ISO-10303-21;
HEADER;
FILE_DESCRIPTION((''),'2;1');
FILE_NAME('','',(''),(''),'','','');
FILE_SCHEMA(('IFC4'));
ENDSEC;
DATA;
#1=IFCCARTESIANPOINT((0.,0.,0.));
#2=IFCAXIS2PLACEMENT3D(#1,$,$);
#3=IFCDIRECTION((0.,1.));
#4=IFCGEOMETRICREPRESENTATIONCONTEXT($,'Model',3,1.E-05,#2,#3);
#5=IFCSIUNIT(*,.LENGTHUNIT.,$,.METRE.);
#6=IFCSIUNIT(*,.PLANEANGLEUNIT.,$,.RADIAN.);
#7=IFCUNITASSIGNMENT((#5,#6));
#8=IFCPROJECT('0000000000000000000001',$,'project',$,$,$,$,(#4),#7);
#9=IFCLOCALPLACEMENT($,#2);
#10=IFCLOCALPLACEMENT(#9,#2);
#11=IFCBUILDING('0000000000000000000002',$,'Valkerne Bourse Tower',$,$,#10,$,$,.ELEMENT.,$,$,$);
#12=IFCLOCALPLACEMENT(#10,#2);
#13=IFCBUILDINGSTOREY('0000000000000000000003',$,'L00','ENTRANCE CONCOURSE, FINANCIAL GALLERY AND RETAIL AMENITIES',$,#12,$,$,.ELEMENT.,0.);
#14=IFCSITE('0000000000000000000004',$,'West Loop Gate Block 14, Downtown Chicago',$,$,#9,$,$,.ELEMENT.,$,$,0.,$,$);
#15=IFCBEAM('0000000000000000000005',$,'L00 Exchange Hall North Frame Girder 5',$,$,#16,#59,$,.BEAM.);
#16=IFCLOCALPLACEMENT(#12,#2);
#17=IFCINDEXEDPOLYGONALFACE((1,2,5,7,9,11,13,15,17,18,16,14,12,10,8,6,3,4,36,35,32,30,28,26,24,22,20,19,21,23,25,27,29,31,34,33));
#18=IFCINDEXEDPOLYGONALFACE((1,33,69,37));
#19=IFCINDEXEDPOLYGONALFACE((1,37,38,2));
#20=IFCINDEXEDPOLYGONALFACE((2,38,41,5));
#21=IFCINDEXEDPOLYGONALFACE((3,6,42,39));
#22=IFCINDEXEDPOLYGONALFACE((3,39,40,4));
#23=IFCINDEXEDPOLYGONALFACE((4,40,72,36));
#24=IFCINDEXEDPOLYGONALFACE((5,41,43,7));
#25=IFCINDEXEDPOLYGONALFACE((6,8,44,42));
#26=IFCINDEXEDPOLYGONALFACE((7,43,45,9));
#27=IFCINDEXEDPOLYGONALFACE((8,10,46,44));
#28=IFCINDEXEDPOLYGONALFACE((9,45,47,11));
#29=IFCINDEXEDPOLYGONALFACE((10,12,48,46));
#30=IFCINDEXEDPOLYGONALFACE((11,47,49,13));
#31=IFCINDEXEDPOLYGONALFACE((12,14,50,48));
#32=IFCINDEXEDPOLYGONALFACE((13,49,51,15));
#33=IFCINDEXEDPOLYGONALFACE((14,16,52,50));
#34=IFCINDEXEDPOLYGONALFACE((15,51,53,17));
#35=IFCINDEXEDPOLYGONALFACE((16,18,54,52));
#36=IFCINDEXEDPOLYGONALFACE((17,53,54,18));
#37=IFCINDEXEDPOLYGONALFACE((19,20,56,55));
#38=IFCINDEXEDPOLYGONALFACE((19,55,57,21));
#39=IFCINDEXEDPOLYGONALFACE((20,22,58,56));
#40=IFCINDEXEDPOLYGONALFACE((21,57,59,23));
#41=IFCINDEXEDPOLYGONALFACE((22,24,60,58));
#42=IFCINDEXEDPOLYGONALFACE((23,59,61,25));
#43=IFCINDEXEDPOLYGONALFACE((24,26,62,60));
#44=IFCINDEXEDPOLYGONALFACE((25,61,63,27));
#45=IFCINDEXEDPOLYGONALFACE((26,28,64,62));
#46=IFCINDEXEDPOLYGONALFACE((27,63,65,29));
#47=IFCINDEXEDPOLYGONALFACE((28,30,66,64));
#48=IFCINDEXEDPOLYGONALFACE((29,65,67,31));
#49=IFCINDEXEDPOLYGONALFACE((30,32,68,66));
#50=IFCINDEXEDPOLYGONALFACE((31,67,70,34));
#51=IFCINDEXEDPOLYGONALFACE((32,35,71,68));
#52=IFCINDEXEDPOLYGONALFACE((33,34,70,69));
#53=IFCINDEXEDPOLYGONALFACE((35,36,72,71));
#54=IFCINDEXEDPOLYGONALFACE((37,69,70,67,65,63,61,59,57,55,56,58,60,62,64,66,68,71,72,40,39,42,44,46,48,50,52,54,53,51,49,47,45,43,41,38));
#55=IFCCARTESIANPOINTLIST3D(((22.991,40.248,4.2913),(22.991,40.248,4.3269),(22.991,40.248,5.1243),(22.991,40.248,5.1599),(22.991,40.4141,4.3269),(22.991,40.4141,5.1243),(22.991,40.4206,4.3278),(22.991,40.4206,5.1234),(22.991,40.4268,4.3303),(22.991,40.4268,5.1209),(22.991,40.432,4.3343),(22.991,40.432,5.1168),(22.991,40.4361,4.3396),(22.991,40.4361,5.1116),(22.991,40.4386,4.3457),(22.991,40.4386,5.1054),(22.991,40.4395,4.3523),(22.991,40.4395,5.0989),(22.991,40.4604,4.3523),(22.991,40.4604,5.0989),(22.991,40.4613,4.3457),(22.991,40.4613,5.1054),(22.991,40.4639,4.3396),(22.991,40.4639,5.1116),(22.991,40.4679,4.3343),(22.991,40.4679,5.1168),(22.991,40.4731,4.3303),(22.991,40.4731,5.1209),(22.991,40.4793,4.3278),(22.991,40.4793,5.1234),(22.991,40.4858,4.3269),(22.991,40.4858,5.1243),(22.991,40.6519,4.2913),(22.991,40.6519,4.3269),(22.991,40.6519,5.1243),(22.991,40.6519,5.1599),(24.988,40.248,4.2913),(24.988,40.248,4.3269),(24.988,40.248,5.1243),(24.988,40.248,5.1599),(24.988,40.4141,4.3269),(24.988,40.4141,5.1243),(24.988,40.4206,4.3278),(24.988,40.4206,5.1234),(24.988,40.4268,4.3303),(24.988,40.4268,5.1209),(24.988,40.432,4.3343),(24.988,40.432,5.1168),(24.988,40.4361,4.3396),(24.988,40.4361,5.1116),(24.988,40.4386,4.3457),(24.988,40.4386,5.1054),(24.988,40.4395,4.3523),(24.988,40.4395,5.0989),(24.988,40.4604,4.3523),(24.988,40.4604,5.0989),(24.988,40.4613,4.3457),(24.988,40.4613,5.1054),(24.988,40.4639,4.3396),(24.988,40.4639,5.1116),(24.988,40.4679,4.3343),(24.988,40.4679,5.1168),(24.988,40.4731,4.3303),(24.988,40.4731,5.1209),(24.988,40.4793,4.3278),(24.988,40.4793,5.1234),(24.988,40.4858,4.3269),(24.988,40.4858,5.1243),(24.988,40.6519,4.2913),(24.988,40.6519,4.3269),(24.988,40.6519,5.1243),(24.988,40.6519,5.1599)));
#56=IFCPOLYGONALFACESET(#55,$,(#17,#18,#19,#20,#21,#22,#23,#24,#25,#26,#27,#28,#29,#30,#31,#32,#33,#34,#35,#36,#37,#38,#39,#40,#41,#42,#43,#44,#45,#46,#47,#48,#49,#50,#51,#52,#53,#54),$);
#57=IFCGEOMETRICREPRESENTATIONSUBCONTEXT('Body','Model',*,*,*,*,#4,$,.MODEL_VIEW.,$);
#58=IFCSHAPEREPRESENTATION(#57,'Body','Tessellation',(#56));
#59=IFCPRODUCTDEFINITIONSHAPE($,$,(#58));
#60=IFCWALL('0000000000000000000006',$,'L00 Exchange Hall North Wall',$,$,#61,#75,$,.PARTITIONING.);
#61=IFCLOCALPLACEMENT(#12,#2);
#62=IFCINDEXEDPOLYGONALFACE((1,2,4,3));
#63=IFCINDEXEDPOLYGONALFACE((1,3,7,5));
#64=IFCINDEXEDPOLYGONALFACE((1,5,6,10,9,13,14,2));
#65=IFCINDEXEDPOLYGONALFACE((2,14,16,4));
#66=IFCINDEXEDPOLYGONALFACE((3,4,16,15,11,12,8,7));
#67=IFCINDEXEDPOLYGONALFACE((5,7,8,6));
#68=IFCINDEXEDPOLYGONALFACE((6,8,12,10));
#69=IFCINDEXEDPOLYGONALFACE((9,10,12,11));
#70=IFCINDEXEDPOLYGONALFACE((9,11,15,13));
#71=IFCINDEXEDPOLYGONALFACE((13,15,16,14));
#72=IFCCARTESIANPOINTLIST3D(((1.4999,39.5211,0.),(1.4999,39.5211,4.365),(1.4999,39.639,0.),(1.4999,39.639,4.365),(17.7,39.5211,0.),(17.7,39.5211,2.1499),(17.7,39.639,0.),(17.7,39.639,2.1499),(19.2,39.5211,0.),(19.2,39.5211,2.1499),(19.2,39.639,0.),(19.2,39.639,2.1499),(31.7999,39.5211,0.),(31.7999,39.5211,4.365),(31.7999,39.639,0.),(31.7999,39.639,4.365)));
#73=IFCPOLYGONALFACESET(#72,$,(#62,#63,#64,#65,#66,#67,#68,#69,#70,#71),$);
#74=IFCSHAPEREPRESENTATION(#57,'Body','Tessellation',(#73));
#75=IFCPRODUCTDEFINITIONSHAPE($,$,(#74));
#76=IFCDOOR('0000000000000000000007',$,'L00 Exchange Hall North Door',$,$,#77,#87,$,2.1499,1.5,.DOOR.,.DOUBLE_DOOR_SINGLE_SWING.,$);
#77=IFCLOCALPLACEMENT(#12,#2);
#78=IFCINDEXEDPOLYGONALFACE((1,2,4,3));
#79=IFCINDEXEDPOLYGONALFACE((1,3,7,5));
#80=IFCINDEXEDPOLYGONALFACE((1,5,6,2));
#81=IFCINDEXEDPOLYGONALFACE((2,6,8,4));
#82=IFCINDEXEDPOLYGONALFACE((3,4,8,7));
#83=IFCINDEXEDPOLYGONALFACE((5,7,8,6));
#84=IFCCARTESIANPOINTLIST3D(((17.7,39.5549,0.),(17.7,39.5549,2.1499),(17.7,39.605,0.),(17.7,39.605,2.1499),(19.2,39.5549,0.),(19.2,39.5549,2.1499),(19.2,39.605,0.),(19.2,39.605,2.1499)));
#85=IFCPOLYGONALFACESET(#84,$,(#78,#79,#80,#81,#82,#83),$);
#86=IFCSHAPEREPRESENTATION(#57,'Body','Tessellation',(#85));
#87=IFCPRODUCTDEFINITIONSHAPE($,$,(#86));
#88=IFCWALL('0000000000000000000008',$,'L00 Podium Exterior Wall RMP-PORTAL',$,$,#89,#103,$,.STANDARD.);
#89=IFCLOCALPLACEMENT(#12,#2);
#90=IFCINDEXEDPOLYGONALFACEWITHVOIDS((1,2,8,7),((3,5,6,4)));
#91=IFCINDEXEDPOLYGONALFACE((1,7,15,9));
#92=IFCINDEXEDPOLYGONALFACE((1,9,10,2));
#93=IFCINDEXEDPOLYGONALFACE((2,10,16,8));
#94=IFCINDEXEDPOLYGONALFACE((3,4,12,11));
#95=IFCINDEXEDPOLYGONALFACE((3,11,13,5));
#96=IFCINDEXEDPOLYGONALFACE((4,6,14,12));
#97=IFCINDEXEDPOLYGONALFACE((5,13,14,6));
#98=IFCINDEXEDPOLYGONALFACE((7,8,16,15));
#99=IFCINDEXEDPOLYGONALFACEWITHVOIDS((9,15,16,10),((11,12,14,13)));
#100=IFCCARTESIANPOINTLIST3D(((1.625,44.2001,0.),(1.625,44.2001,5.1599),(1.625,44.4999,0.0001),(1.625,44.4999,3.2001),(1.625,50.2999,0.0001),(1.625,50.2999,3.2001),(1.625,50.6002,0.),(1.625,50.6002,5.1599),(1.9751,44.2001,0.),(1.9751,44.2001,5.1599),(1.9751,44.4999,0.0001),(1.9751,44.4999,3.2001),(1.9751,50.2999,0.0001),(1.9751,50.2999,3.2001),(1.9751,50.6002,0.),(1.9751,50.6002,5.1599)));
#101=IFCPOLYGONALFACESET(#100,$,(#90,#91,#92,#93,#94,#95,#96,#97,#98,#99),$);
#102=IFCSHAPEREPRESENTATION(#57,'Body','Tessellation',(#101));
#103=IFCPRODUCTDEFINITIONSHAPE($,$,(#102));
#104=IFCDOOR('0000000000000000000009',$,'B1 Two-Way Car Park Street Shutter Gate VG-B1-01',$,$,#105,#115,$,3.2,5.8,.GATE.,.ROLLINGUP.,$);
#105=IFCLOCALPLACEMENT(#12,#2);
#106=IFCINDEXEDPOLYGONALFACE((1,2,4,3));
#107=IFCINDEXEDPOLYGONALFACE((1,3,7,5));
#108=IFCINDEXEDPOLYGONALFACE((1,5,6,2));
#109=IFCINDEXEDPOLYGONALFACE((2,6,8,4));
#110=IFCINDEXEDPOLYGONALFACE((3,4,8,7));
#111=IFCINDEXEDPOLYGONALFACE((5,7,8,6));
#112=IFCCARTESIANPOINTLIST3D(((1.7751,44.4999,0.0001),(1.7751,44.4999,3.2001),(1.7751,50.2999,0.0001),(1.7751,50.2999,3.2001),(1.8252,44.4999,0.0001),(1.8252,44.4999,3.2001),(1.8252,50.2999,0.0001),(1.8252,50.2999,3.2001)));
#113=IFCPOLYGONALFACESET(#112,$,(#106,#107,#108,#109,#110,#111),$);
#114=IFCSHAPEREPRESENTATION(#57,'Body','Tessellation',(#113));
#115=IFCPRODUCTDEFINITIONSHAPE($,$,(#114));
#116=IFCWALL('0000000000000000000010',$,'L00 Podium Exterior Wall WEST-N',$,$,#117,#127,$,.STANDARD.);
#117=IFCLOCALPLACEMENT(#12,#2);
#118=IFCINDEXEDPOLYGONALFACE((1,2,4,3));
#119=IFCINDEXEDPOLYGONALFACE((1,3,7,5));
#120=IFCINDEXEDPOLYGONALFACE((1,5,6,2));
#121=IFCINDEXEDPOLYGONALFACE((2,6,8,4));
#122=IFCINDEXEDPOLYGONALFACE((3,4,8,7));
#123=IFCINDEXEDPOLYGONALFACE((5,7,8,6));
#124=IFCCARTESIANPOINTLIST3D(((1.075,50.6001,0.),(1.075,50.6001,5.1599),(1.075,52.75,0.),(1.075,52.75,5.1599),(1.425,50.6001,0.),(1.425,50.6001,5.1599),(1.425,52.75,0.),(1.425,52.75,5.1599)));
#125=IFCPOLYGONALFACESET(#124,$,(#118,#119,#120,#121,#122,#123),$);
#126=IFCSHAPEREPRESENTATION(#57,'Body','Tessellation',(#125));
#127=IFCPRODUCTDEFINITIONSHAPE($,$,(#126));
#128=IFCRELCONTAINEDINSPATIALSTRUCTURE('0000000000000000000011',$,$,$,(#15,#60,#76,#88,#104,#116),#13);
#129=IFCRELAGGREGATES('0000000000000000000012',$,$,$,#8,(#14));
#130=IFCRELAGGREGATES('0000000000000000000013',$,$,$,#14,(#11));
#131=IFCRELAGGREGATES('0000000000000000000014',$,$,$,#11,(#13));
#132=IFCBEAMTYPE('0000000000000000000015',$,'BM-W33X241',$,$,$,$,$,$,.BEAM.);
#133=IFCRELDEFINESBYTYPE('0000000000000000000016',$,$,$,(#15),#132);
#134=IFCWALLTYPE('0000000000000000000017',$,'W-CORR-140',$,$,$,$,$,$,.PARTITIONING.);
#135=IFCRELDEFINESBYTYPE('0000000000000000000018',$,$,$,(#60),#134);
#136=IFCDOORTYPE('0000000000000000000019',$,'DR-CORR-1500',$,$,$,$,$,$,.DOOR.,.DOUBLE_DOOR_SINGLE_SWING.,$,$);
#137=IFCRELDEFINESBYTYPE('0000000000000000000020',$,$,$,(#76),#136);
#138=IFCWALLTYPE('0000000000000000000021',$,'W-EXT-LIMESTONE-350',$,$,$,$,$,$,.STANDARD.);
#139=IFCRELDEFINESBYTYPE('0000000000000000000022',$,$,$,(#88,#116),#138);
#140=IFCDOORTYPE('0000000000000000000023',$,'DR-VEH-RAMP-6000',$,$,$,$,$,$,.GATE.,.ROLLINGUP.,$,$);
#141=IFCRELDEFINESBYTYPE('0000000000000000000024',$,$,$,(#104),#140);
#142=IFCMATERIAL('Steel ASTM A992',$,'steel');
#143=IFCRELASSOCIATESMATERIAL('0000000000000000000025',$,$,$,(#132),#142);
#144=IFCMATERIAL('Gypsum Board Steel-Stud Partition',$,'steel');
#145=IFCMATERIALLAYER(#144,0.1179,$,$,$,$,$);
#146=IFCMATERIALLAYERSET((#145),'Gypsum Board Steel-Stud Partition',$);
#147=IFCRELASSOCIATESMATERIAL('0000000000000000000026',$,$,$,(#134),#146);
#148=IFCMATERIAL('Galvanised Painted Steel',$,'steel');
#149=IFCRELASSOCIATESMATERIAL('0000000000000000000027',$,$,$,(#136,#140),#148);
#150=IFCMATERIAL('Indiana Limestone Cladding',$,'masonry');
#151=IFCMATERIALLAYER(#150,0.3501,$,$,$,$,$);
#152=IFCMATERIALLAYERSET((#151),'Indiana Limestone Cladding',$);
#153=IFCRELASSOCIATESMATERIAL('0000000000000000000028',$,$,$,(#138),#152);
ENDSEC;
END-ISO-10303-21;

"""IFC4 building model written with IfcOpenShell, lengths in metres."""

from ifc_helpers import new_model, si_unit, direction, frame, frame_2d, origin, origin_2d, place, context, subcontext, project, spatial, rectangle, i_section, extrude, material, layer, layer_set, material_profile, profile_set, type_object, element, fill, save


model = new_model("IFC4")

# Units and contexts
model_context = context("Model", 3, precision=1e-05, world=origin(), true_north=direction((0.0, 1.0)))
body_context = subcontext(model_context, "Body", "Model", "MODEL_VIEW")
ifc_project = project(units=[si_unit("LENGTHUNIT", "METRE"), si_unit("PLANEANGLEUNIT", "RADIAN")], contexts=[model_context])

# Site, building, storey
site_placement = place(None, origin())
site = spatial("IfcSite", under=ifc_project, at=site_placement, Name="West Loop Gate Block 14, Downtown Chicago", CompositionType="ELEMENT", RefElevation=0.0)
building_placement = place(site_placement, origin())
building = spatial("IfcBuilding", under=site, at=building_placement, Name="Valkerne Bourse Tower", CompositionType="ELEMENT")
storey_placement = place(building_placement, origin())
storey = spatial("IfcBuildingStorey", under=building, at=storey_placement, Name="L00", Description="ENTRANCE CONCOURSE, FINANCIAL GALLERY AND RETAIL AMENITIES", CompositionType="ELEMENT", Elevation=0.0)

# Beam
ifc_material_1 = material(Name="Steel ASTM A992", Category="steel")
ifc_material_profile_1 = material_profile(ifc_material_1, i_section(OverallWidth=0.4038, OverallDepth=0.8687, WebThickness=0.021, FlangeThickness=0.0356, FilletRadius=0.0254, at=origin_2d()), Name="W33X241")
ifc_profile_set_1 = profile_set([ifc_material_profile_1], Name="Steel ASTM A992")
beam_type_1 = type_object("IfcBeamType", Name="BM-W33X241", PredefinedType="BEAM", material=ifc_profile_set_1)
beam_1_placement = place(storey_placement, frame((22.991, 40.45, 4.7256), z_axis=(1.0, 0.0, 0.0), x_axis=(0.0, 1.0, 0.0)))
element("IfcBeam", 1, at=beam_1_placement, inside=storey, type_object=beam_type_1, Name="L00 Exchange Hall North Frame Girder 5", PredefinedType="BEAM", context=body_context, shape_type="SweptSolid", body=[
    extrude(i_section(OverallWidth=0.4038, OverallDepth=0.8687, WebThickness=0.021, FlangeThickness=0.0356, FilletRadius=0.0254, at=origin_2d()), origin(), (0.0, 0.0, 1.0), 1.9971),
])

# Walls, openings, doors
ifc_material_2 = material(Name="Gypsum Board Steel-Stud Partition", Category="steel")
ifc_layer_1 = layer(ifc_material_2, 0.1179)
ifc_layer_set_1 = layer_set([ifc_layer_1], Name="Gypsum Board Steel-Stud Partition")
wall_type_1 = type_object("IfcWallType", Name="W-CORR-140", PredefinedType="PARTITIONING", material=ifc_layer_set_1)
wall_1_placement = place(storey_placement, frame((1.5, 39.5801, 0.0), z_axis=(0.0, 0.0, 1.0), x_axis=(1.0, 0.0, 0.0)))
wall_1 = element("IfcWall", 2, at=wall_1_placement, inside=storey, type_object=wall_type_1, Name="L00 Exchange Hall North Wall", PredefinedType="PARTITIONING", context=body_context, shape_type="SweptSolid", body=[
    extrude(rectangle(XDim=30.3, YDim=0.1179, at=frame_2d((15.1499, 0.0))), origin(), (0.0, 0.0, 1.0), 4.365),
])
opening_1_placement = place(wall_1_placement, frame((16.2, 0.0, 0.0)))
opening_1 = element("IfcOpeningElement", 3, at=opening_1_placement, cuts=wall_1, PredefinedType="OPENING", context=body_context, shape_type="SweptSolid", body=[
    extrude(rectangle(XDim=1.5, YDim=2.1499, at=frame_2d((0.75, 1.075))), frame((0.0, 0.0688, 0.0), z_axis=(0.0, -1.0, 0.0), x_axis=(1.0, 0.0, 0.0)), (0.0, 0.0, 1.0), 0.1379),
])
ifc_material_3 = material(Name="Galvanised Painted Steel", Category="steel")
door_type_1 = type_object("IfcDoorType", Name="DR-CORR-1500", OperationType="DOUBLE_DOOR_SINGLE_SWING", PredefinedType="DOOR", material=ifc_material_3)
door_1_placement = place(opening_1_placement, origin())
door_1 = element("IfcDoor", 4, at=door_1_placement, inside=storey, type_object=door_type_1, Name="L00 Exchange Hall North Door", OperationType="DOUBLE_DOOR_SINGLE_SWING", OverallHeight=2.1499, OverallWidth=1.5, PredefinedType="DOOR", context=body_context, shape_type="SweptSolid", body=[
    extrude(rectangle(XDim=1.5, YDim=2.1499, at=frame_2d((0.75, 1.075))), frame((0.0, 0.0249, 0.0), z_axis=(0.0, -1.0, 0.0), x_axis=(1.0, 0.0, 0.0)), (0.0, 0.0, 1.0), 0.05),
])
fill(opening_1, door_1)
ifc_material_4 = material(Name="Indiana Limestone Cladding", Category="masonry")
ifc_layer_2 = layer(ifc_material_4, 0.3501)
ifc_layer_set_2 = layer_set([ifc_layer_2], Name="Indiana Limestone Cladding")
wall_type_2 = type_object("IfcWallType", Name="W-EXT-LIMESTONE-350", PredefinedType="STANDARD", material=ifc_layer_set_2)
wall_2_placement = place(storey_placement, frame((1.8, 44.2, 0.0), z_axis=(0.0, 0.0, 1.0), x_axis=(0.0, 1.0, 0.0)))
wall_2 = element("IfcWall", 5, at=wall_2_placement, inside=storey, type_object=wall_type_2, Name="L00 Podium Exterior Wall RMP-PORTAL", PredefinedType="STANDARD", context=body_context, shape_type="SweptSolid", body=[
    extrude(rectangle(XDim=6.4001, YDim=0.3501, at=frame_2d((3.2002, 0.0))), origin(), (0.0, 0.0, 1.0), 5.1599),
])
opening_2_placement = place(wall_2_placement, frame((0.3, 0.0, 0.0)))
opening_2 = element("IfcOpeningElement", 6, at=opening_2_placement, cuts=wall_2, PredefinedType="OPENING", context=body_context, shape_type="SweptSolid", body=[
    extrude(rectangle(XDim=5.8, YDim=3.2, at=frame_2d((2.8999, 1.6001))), frame((0.0, 0.1851, 0.0), z_axis=(0.0, -1.0, 0.0), x_axis=(1.0, 0.0, 0.0)), (0.0, 0.0, 1.0), 0.3701),
])
door_type_2 = type_object("IfcDoorType", Name="DR-VEH-RAMP-6000", OperationType="ROLLINGUP", PredefinedType="GATE", material=ifc_material_3)
door_2_placement = place(opening_2_placement, origin())
door_2 = element("IfcDoor", 7, at=door_2_placement, inside=storey, type_object=door_type_2, Name="B1 Two-Way Car Park Street Shutter Gate VG-B1-01", OperationType="ROLLINGUP", OverallHeight=3.2, OverallWidth=5.8, PredefinedType="GATE", context=body_context, shape_type="SweptSolid", body=[
    extrude(rectangle(XDim=5.8, YDim=3.2, at=frame_2d((2.8999, 1.6001))), frame((0.0, 0.0249, 0.0), z_axis=(0.0, -1.0, 0.0), x_axis=(1.0, 0.0, 0.0)), (0.0, 0.0, 1.0), 0.05),
])
fill(opening_2, door_2)

# Wall
wall_3_placement = place(storey_placement, frame((1.25, 50.6001, 0.0), z_axis=(0.0, 0.0, 1.0), x_axis=(0.0, 1.0, 0.0)))
element("IfcWall", 8, at=wall_3_placement, inside=storey, type_object=wall_type_2, Name="L00 Podium Exterior Wall WEST-N", PredefinedType="STANDARD", context=body_context, shape_type="SweptSolid", body=[
    extrude(rectangle(XDim=2.1499, YDim=0.3501, at=frame_2d((1.075, 0.0))), origin(), (0.0, 0.0, 1.0), 5.1599),
])

save(model, "model.ifc")
